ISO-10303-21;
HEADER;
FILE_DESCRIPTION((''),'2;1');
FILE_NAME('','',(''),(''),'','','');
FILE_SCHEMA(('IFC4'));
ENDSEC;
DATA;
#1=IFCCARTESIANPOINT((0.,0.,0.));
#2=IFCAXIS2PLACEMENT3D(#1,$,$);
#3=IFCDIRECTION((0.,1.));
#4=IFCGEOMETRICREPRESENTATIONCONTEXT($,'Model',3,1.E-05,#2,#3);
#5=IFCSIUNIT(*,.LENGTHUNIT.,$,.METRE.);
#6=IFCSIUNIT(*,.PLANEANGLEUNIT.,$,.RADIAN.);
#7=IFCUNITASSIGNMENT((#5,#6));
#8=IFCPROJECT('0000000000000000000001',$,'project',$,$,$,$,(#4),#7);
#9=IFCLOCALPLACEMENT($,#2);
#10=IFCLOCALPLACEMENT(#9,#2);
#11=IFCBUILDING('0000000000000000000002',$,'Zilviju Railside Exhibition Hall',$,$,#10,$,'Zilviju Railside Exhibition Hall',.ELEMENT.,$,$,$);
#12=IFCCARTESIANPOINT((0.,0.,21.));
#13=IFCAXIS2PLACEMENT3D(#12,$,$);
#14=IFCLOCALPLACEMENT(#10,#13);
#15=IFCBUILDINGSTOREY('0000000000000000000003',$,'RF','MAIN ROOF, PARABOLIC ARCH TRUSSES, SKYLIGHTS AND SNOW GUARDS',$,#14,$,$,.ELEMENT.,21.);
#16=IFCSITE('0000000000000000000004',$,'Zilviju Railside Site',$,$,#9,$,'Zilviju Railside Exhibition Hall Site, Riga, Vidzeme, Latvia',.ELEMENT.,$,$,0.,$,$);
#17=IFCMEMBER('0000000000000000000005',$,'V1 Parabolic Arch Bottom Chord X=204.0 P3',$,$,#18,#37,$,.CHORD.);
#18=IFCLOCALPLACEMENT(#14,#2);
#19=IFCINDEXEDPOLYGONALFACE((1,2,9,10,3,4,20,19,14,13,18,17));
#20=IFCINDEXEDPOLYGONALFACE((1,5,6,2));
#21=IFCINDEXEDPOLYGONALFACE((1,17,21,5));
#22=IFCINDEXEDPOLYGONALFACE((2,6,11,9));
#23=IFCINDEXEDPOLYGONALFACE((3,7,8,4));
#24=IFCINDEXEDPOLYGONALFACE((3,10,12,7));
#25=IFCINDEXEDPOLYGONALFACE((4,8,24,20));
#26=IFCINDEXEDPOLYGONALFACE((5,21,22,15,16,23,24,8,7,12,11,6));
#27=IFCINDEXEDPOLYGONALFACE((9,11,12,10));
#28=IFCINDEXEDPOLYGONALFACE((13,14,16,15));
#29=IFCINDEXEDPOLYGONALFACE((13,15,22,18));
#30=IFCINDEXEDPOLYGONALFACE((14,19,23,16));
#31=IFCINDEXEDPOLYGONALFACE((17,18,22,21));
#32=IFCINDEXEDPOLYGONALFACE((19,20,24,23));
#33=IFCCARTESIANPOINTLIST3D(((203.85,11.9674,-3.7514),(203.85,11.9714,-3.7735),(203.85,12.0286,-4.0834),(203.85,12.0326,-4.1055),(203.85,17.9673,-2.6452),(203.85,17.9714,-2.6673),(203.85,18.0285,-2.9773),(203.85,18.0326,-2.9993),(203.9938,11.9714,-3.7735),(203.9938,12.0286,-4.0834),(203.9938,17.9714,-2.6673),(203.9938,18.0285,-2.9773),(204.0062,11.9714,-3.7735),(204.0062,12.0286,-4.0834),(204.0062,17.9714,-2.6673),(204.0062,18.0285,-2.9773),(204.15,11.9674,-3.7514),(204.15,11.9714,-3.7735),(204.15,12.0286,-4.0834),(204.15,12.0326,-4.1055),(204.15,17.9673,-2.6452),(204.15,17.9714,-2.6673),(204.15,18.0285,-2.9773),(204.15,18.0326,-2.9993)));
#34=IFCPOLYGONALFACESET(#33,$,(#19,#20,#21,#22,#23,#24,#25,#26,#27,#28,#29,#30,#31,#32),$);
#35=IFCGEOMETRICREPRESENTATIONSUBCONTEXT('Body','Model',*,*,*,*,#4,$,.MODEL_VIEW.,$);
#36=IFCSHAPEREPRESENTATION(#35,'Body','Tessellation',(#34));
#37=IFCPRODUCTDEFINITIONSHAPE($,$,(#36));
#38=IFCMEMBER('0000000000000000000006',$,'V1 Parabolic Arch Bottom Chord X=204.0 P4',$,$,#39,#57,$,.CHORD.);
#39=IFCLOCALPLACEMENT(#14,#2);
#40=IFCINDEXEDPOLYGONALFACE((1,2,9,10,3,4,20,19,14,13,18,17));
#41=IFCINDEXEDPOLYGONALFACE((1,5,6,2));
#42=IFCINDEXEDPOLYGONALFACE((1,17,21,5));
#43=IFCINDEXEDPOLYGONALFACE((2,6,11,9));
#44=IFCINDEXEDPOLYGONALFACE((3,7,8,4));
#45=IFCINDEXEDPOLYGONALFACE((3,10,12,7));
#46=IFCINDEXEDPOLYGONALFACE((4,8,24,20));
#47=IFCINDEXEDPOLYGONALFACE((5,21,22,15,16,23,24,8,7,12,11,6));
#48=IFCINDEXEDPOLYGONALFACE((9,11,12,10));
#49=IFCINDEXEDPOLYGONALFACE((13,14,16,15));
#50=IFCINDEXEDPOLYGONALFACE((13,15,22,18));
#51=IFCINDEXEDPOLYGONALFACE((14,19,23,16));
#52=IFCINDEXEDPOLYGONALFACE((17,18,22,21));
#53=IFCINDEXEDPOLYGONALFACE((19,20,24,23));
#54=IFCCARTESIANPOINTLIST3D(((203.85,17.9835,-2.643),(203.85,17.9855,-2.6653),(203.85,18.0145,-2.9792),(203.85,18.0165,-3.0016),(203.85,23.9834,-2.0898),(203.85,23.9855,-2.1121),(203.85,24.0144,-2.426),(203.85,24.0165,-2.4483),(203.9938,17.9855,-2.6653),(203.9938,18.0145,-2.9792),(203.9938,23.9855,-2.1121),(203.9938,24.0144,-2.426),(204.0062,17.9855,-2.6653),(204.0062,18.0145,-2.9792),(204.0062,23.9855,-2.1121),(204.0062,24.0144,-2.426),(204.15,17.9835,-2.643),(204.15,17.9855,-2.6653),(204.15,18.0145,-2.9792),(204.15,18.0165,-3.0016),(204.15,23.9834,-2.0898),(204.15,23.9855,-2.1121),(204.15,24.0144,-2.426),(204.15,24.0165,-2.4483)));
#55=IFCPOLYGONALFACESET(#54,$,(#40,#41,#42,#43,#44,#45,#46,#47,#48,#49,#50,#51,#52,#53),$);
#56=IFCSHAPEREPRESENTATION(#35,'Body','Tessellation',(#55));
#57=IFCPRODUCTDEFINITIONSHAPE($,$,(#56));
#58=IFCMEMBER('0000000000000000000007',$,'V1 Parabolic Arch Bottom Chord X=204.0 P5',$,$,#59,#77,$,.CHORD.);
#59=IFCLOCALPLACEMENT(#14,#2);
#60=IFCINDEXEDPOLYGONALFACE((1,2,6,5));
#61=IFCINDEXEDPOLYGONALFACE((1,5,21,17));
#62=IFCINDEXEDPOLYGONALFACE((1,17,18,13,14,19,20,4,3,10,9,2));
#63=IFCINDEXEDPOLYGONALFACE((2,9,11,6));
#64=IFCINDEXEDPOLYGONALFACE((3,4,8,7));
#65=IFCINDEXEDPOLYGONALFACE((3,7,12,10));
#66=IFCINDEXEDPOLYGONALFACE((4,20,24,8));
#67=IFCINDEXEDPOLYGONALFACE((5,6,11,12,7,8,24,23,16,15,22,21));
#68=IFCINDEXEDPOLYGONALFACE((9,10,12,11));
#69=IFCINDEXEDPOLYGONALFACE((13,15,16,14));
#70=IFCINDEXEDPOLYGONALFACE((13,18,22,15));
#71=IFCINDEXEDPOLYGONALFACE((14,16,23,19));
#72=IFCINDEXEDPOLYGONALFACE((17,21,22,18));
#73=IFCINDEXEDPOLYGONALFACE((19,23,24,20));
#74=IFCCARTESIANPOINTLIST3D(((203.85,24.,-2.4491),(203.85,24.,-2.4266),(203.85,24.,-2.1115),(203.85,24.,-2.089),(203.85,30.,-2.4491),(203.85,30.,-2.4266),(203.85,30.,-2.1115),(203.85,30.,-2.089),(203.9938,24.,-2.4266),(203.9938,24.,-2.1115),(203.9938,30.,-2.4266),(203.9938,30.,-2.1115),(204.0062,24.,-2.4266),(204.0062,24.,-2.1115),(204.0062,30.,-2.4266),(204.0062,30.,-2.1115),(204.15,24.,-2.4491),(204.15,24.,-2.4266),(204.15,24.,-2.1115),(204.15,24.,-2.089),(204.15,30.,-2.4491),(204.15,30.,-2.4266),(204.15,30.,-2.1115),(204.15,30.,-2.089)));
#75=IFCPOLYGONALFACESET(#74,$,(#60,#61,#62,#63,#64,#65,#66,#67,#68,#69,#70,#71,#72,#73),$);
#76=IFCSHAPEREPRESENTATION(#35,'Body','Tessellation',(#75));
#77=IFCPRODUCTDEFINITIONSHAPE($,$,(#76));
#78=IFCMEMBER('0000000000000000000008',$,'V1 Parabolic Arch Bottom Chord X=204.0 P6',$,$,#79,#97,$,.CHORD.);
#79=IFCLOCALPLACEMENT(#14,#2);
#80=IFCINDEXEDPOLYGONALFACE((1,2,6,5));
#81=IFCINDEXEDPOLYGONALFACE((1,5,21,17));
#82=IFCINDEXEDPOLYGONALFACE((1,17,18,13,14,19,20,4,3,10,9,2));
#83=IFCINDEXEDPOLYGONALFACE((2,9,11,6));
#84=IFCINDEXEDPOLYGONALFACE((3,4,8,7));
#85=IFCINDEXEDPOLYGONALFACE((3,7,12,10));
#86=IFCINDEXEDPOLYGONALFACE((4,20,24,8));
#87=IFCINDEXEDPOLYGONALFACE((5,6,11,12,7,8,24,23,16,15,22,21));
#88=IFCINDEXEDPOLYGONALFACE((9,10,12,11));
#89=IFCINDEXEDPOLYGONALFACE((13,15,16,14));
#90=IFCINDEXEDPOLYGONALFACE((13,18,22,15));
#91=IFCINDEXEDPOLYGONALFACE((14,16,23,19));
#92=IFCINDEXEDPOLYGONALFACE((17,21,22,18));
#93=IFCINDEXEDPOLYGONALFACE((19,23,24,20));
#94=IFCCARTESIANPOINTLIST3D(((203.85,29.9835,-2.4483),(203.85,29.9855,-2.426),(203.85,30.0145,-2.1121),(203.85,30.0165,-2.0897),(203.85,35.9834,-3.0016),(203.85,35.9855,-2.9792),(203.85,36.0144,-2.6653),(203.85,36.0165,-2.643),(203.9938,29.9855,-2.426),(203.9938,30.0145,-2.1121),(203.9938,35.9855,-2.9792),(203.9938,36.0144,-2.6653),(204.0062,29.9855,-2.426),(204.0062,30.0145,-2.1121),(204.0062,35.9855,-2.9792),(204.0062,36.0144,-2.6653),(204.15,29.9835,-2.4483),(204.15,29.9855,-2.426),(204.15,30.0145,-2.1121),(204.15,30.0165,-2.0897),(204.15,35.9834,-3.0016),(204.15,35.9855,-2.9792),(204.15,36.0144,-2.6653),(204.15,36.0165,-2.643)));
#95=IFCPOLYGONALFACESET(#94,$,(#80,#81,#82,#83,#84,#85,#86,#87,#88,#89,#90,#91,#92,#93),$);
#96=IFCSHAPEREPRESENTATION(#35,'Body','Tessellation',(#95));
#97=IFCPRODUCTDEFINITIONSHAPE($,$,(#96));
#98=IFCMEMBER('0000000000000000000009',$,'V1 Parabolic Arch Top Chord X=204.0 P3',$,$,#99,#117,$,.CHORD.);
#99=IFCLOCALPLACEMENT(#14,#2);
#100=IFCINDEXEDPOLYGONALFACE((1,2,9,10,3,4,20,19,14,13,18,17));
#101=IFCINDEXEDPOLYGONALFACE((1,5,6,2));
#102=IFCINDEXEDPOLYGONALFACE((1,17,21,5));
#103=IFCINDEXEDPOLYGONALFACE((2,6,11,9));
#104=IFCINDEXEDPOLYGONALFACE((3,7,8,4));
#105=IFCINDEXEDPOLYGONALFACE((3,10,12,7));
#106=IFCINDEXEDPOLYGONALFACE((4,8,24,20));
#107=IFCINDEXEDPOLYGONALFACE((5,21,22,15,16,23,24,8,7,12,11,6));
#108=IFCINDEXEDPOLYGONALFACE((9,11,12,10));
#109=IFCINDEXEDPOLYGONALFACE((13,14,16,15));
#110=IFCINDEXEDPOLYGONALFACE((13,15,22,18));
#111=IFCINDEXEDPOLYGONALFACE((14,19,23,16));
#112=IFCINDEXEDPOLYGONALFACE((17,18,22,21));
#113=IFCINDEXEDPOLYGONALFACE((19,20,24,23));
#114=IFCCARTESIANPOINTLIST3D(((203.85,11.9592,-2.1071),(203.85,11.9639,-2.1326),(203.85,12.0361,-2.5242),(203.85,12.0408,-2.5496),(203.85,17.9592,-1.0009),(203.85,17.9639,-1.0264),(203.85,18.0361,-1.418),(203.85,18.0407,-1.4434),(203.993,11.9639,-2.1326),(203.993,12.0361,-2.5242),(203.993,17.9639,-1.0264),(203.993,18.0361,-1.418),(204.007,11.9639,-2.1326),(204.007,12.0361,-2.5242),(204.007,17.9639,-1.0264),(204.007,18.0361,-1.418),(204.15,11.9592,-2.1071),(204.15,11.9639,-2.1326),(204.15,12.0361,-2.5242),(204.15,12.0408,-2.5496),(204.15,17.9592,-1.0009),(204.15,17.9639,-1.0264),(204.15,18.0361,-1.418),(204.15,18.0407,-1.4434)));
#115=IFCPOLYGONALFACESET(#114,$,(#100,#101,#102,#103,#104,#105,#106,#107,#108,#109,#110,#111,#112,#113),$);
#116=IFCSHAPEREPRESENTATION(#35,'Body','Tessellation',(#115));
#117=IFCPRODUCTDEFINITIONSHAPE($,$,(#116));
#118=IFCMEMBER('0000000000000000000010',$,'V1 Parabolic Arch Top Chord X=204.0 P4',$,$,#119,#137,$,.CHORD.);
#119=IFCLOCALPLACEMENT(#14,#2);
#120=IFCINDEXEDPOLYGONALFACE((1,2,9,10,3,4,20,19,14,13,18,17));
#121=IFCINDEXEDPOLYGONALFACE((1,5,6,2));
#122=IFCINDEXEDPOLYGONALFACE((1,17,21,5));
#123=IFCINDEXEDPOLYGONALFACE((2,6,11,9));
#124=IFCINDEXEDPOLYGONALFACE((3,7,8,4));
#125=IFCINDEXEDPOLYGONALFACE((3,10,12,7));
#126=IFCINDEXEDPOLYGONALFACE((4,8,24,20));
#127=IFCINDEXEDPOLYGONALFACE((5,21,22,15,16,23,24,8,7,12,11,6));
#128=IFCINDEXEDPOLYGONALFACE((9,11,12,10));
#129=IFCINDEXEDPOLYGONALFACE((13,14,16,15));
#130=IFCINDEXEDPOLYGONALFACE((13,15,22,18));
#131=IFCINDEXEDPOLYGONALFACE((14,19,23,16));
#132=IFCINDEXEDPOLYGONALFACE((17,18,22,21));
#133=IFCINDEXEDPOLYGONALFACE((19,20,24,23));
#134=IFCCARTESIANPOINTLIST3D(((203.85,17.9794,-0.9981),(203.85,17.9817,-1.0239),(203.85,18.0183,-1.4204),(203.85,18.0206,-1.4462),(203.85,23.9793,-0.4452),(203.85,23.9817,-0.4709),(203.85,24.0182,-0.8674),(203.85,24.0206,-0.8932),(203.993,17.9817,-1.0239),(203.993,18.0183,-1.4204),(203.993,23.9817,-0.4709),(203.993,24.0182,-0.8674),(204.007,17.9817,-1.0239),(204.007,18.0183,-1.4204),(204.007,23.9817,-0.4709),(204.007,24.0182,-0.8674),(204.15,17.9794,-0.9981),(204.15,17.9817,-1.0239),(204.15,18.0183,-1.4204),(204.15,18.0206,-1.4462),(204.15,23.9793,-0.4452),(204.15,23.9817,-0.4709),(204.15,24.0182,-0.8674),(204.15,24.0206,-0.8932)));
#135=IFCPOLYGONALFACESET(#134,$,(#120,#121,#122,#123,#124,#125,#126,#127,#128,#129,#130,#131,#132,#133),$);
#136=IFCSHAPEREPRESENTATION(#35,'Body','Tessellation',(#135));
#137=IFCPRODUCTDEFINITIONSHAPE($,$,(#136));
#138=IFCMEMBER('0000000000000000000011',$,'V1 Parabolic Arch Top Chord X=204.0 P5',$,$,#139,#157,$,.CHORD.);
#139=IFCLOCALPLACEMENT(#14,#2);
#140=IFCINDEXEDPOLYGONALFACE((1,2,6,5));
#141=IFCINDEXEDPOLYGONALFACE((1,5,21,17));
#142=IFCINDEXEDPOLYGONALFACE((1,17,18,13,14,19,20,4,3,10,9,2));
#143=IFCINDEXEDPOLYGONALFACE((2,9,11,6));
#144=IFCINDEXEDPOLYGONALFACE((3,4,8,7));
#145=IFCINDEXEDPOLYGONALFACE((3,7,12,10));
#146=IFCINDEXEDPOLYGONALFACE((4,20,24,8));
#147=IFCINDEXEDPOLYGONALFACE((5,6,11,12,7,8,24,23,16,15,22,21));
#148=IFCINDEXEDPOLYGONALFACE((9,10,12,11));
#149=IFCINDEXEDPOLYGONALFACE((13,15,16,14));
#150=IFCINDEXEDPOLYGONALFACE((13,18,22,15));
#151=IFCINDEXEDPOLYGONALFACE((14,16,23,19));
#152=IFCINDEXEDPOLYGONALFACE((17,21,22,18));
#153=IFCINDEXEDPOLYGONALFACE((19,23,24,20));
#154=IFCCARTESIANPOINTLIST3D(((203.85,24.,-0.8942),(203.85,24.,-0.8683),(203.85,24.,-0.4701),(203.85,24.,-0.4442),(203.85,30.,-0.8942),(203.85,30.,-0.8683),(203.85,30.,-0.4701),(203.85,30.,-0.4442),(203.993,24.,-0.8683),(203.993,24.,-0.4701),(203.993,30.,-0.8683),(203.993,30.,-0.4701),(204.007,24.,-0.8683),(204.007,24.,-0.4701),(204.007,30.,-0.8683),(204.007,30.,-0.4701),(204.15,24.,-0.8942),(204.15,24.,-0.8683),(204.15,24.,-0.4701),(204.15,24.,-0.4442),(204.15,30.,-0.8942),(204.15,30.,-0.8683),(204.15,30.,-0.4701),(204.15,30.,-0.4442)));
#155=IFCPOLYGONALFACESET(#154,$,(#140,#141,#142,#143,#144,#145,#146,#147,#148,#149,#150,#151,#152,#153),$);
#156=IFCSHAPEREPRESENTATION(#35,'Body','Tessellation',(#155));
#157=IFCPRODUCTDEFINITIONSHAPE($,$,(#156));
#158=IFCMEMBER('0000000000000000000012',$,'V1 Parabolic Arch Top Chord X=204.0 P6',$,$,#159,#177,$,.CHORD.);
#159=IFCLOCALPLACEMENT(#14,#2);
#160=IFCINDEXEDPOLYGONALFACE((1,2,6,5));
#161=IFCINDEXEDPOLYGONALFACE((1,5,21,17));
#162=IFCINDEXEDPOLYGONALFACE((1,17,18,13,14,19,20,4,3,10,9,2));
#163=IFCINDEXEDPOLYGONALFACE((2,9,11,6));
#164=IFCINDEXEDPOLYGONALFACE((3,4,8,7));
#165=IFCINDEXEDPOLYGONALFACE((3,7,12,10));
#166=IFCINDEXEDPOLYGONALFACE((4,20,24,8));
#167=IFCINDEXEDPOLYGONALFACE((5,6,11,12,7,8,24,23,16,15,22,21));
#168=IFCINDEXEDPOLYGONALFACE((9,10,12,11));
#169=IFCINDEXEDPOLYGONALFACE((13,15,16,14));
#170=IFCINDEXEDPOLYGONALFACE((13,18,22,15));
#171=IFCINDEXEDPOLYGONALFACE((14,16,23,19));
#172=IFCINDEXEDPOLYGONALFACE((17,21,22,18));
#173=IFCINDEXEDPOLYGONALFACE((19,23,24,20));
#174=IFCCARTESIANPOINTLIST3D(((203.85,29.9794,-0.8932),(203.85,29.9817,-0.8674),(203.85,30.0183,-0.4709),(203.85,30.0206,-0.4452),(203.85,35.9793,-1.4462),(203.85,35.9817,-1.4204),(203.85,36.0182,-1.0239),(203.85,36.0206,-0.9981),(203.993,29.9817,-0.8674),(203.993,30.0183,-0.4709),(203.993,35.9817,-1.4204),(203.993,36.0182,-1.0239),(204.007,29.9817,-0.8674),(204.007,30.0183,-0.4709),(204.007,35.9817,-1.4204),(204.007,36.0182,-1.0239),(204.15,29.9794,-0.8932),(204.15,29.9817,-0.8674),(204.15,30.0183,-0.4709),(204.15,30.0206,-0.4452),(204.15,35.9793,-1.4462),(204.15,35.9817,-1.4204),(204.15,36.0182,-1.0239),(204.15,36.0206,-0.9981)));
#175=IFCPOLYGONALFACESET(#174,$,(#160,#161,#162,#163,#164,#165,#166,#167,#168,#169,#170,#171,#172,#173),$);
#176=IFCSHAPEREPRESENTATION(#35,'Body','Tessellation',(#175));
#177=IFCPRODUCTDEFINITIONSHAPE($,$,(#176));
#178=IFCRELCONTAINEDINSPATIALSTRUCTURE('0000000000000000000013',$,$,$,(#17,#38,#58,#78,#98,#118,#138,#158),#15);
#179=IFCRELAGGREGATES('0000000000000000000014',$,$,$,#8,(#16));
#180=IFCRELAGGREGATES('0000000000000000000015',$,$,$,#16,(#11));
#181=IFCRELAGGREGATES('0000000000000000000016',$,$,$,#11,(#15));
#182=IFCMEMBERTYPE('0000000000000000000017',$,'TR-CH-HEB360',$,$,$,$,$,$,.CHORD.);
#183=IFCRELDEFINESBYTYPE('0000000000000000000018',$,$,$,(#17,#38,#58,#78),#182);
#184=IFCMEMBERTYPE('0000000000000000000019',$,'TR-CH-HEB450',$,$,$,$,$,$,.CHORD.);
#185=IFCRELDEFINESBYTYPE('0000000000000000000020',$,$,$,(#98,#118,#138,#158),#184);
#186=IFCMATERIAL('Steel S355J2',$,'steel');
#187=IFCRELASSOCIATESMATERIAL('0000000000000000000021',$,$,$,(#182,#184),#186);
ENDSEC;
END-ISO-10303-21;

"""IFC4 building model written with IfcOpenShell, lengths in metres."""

from ifc_helpers import new_model, si_unit, direction, frame, origin, origin_2d, place, context, subcontext, project, spatial, i_section, extrude, material, material_profile, profile_set, type_object, element, save


model = new_model("IFC4")

# Units and contexts
model_context = context("Model", 3, precision=1e-05, world=origin(), true_north=direction((0.0, 1.0)))
body_context = subcontext(model_context, "Body", "Model", "MODEL_VIEW")
ifc_project = project(units=[si_unit("LENGTHUNIT", "METRE"), si_unit("PLANEANGLEUNIT", "RADIAN")], contexts=[model_context])

# Site, building, storey
site_placement = place(None, origin())
site = spatial("IfcSite", under=ifc_project, at=site_placement, Name="Zilviju Railside Site", LongName="Zilviju Railside Exhibition Hall Site, Riga, Vidzeme, Latvia", CompositionType="ELEMENT", RefElevation=0.0)
building_placement = place(site_placement, origin())
building = spatial("IfcBuilding", under=site, at=building_placement, Name="Zilviju Railside Exhibition Hall", LongName="Zilviju Railside Exhibition Hall", CompositionType="ELEMENT")
storey_placement = place(building_placement, frame((0.0, 0.0, 21.0)))
storey = spatial("IfcBuildingStorey", under=building, at=storey_placement, Name="RF", Description="MAIN ROOF, PARABOLIC ARCH TRUSSES, SKYLIGHTS AND SNOW GUARDS", CompositionType="ELEMENT", Elevation=21.0)

# Members
ifc_material_1 = material(Name="Steel S355J2", Category="steel")
ifc_material_profile_1 = material_profile(ifc_material_1, i_section(OverallWidth=0.3, OverallDepth=0.3601, WebThickness=0.0125, FlangeThickness=0.0225, at=origin_2d()), Name="HEB 360")
ifc_profile_set_1 = profile_set([ifc_material_profile_1], Name="Steel S355J2")
member_type_1 = type_object("IfcMemberType", Name="TR-CH-HEB360", PredefinedType="CHORD", material=ifc_profile_set_1)
member_1_placement = place(storey_placement, frame((204.0, 12.0, -3.9285), z_axis=(0.0, 0.983426, 0.181311), x_axis=(-1.0, 0.0, 0.0)))
element("IfcMember", 1, at=member_1_placement, inside=storey, type_object=member_type_1, Name="V1 Parabolic Arch Bottom Chord X=204.0 P3", PredefinedType="CHORD", context=body_context, shape_type="SweptSolid", body=[
    extrude(i_section(OverallWidth=0.3, OverallDepth=0.3601, WebThickness=0.0125, FlangeThickness=0.0225, at=origin_2d()), origin(), (0.0, 0.0, 1.0), 6.1011),
])
member_2_placement = place(storey_placement, frame((204.0, 18.0, -2.8223), z_axis=(0.0, 0.995776, 0.091814), x_axis=(-1.0, 0.0, 0.0)))
element("IfcMember", 2, at=member_2_placement, inside=storey, type_object=member_type_1, Name="V1 Parabolic Arch Bottom Chord X=204.0 P4", PredefinedType="CHORD", context=body_context, shape_type="SweptSolid", body=[
    extrude(i_section(OverallWidth=0.3, OverallDepth=0.3601, WebThickness=0.0125, FlangeThickness=0.0225, at=origin_2d()), origin(), (0.0, 0.0, 1.0), 6.0254),
])
member_3_placement = place(storey_placement, frame((204.0, 24.0, -2.269), z_axis=(0.0, 1.0, 0.0), x_axis=(-1.0, 0.0, 0.0)))
element("IfcMember", 3, at=member_3_placement, inside=storey, type_object=member_type_1, Name="V1 Parabolic Arch Bottom Chord X=204.0 P5", PredefinedType="CHORD", context=body_context, shape_type="SweptSolid", body=[
    extrude(i_section(OverallWidth=0.3, OverallDepth=0.3601, WebThickness=0.0125, FlangeThickness=0.0225, at=origin_2d()), origin(), (0.0, 0.0, 1.0), 6.0),
])
member_4_placement = place(storey_placement, frame((204.0, 30.0, -2.269), z_axis=(0.0, 0.995776, -0.091814), x_axis=(-1.0, 0.0, 0.0)))
element("IfcMember", 4, at=member_4_placement, inside=storey, type_object=member_type_1, Name="V1 Parabolic Arch Bottom Chord X=204.0 P6", PredefinedType="CHORD", context=body_context, shape_type="SweptSolid", body=[
    extrude(i_section(OverallWidth=0.3, OverallDepth=0.3601, WebThickness=0.0125, FlangeThickness=0.0225, at=origin_2d()), origin(), (0.0, 0.0, 1.0), 6.0254),
])
ifc_material_profile_2 = material_profile(ifc_material_1, i_section(OverallWidth=0.3, OverallDepth=0.45, WebThickness=0.0139, FlangeThickness=0.0259, at=origin_2d()), Name="HEB 450")
ifc_profile_set_2 = profile_set([ifc_material_profile_2], Name="Steel S355J2")
member_type_2 = type_object("IfcMemberType", Name="TR-CH-HEB450", PredefinedType="CHORD", material=ifc_profile_set_2)
member_5_placement = place(storey_placement, frame((204.0, 12.0, -2.3284), z_axis=(0.0, 0.983426, 0.181311), x_axis=(-1.0, 0.0, 0.0)))
element("IfcMember", 5, at=member_5_placement, inside=storey, type_object=member_type_2, Name="V1 Parabolic Arch Top Chord X=204.0 P3", PredefinedType="CHORD", context=body_context, shape_type="SweptSolid", body=[
    extrude(i_section(OverallWidth=0.3, OverallDepth=0.45, WebThickness=0.0139, FlangeThickness=0.0259, at=origin_2d()), origin(), (0.0, 0.0, 1.0), 6.1011),
])
member_6_placement = place(storey_placement, frame((204.0, 18.0, -1.2222), z_axis=(0.0, 0.99578, 0.091774), x_axis=(-1.0, 0.0, 0.0)))
element("IfcMember", 6, at=member_6_placement, inside=storey, type_object=member_type_2, Name="V1 Parabolic Arch Top Chord X=204.0 P4", PredefinedType="CHORD", context=body_context, shape_type="SweptSolid", body=[
    extrude(i_section(OverallWidth=0.3, OverallDepth=0.45, WebThickness=0.0139, FlangeThickness=0.0259, at=origin_2d()), origin(), (0.0, 0.0, 1.0), 6.0254),
])
member_7_placement = place(storey_placement, frame((204.0, 24.0, -0.6692), z_axis=(0.0, 1.0, 0.0), x_axis=(-1.0, 0.0, 0.0)))
element("IfcMember", 7, at=member_7_placement, inside=storey, type_object=member_type_2, Name="V1 Parabolic Arch Top Chord X=204.0 P5", PredefinedType="CHORD", context=body_context, shape_type="SweptSolid", body=[
    extrude(i_section(OverallWidth=0.3, OverallDepth=0.45, WebThickness=0.0139, FlangeThickness=0.0259, at=origin_2d()), origin(), (0.0, 0.0, 1.0), 6.0),
])
member_8_placement = place(storey_placement, frame((204.0, 30.0, -0.6692), z_axis=(0.0, 0.99578, -0.091774), x_axis=(-1.0, 0.0, 0.0)))
element("IfcMember", 8, at=member_8_placement, inside=storey, type_object=member_type_2, Name="V1 Parabolic Arch Top Chord X=204.0 P6", PredefinedType="CHORD", context=body_context, shape_type="SweptSolid", body=[
    extrude(i_section(OverallWidth=0.3, OverallDepth=0.45, WebThickness=0.0139, FlangeThickness=0.0259, at=origin_2d()), origin(), (0.0, 0.0, 1.0), 6.0254),
])

save(model, "model.ifc")
